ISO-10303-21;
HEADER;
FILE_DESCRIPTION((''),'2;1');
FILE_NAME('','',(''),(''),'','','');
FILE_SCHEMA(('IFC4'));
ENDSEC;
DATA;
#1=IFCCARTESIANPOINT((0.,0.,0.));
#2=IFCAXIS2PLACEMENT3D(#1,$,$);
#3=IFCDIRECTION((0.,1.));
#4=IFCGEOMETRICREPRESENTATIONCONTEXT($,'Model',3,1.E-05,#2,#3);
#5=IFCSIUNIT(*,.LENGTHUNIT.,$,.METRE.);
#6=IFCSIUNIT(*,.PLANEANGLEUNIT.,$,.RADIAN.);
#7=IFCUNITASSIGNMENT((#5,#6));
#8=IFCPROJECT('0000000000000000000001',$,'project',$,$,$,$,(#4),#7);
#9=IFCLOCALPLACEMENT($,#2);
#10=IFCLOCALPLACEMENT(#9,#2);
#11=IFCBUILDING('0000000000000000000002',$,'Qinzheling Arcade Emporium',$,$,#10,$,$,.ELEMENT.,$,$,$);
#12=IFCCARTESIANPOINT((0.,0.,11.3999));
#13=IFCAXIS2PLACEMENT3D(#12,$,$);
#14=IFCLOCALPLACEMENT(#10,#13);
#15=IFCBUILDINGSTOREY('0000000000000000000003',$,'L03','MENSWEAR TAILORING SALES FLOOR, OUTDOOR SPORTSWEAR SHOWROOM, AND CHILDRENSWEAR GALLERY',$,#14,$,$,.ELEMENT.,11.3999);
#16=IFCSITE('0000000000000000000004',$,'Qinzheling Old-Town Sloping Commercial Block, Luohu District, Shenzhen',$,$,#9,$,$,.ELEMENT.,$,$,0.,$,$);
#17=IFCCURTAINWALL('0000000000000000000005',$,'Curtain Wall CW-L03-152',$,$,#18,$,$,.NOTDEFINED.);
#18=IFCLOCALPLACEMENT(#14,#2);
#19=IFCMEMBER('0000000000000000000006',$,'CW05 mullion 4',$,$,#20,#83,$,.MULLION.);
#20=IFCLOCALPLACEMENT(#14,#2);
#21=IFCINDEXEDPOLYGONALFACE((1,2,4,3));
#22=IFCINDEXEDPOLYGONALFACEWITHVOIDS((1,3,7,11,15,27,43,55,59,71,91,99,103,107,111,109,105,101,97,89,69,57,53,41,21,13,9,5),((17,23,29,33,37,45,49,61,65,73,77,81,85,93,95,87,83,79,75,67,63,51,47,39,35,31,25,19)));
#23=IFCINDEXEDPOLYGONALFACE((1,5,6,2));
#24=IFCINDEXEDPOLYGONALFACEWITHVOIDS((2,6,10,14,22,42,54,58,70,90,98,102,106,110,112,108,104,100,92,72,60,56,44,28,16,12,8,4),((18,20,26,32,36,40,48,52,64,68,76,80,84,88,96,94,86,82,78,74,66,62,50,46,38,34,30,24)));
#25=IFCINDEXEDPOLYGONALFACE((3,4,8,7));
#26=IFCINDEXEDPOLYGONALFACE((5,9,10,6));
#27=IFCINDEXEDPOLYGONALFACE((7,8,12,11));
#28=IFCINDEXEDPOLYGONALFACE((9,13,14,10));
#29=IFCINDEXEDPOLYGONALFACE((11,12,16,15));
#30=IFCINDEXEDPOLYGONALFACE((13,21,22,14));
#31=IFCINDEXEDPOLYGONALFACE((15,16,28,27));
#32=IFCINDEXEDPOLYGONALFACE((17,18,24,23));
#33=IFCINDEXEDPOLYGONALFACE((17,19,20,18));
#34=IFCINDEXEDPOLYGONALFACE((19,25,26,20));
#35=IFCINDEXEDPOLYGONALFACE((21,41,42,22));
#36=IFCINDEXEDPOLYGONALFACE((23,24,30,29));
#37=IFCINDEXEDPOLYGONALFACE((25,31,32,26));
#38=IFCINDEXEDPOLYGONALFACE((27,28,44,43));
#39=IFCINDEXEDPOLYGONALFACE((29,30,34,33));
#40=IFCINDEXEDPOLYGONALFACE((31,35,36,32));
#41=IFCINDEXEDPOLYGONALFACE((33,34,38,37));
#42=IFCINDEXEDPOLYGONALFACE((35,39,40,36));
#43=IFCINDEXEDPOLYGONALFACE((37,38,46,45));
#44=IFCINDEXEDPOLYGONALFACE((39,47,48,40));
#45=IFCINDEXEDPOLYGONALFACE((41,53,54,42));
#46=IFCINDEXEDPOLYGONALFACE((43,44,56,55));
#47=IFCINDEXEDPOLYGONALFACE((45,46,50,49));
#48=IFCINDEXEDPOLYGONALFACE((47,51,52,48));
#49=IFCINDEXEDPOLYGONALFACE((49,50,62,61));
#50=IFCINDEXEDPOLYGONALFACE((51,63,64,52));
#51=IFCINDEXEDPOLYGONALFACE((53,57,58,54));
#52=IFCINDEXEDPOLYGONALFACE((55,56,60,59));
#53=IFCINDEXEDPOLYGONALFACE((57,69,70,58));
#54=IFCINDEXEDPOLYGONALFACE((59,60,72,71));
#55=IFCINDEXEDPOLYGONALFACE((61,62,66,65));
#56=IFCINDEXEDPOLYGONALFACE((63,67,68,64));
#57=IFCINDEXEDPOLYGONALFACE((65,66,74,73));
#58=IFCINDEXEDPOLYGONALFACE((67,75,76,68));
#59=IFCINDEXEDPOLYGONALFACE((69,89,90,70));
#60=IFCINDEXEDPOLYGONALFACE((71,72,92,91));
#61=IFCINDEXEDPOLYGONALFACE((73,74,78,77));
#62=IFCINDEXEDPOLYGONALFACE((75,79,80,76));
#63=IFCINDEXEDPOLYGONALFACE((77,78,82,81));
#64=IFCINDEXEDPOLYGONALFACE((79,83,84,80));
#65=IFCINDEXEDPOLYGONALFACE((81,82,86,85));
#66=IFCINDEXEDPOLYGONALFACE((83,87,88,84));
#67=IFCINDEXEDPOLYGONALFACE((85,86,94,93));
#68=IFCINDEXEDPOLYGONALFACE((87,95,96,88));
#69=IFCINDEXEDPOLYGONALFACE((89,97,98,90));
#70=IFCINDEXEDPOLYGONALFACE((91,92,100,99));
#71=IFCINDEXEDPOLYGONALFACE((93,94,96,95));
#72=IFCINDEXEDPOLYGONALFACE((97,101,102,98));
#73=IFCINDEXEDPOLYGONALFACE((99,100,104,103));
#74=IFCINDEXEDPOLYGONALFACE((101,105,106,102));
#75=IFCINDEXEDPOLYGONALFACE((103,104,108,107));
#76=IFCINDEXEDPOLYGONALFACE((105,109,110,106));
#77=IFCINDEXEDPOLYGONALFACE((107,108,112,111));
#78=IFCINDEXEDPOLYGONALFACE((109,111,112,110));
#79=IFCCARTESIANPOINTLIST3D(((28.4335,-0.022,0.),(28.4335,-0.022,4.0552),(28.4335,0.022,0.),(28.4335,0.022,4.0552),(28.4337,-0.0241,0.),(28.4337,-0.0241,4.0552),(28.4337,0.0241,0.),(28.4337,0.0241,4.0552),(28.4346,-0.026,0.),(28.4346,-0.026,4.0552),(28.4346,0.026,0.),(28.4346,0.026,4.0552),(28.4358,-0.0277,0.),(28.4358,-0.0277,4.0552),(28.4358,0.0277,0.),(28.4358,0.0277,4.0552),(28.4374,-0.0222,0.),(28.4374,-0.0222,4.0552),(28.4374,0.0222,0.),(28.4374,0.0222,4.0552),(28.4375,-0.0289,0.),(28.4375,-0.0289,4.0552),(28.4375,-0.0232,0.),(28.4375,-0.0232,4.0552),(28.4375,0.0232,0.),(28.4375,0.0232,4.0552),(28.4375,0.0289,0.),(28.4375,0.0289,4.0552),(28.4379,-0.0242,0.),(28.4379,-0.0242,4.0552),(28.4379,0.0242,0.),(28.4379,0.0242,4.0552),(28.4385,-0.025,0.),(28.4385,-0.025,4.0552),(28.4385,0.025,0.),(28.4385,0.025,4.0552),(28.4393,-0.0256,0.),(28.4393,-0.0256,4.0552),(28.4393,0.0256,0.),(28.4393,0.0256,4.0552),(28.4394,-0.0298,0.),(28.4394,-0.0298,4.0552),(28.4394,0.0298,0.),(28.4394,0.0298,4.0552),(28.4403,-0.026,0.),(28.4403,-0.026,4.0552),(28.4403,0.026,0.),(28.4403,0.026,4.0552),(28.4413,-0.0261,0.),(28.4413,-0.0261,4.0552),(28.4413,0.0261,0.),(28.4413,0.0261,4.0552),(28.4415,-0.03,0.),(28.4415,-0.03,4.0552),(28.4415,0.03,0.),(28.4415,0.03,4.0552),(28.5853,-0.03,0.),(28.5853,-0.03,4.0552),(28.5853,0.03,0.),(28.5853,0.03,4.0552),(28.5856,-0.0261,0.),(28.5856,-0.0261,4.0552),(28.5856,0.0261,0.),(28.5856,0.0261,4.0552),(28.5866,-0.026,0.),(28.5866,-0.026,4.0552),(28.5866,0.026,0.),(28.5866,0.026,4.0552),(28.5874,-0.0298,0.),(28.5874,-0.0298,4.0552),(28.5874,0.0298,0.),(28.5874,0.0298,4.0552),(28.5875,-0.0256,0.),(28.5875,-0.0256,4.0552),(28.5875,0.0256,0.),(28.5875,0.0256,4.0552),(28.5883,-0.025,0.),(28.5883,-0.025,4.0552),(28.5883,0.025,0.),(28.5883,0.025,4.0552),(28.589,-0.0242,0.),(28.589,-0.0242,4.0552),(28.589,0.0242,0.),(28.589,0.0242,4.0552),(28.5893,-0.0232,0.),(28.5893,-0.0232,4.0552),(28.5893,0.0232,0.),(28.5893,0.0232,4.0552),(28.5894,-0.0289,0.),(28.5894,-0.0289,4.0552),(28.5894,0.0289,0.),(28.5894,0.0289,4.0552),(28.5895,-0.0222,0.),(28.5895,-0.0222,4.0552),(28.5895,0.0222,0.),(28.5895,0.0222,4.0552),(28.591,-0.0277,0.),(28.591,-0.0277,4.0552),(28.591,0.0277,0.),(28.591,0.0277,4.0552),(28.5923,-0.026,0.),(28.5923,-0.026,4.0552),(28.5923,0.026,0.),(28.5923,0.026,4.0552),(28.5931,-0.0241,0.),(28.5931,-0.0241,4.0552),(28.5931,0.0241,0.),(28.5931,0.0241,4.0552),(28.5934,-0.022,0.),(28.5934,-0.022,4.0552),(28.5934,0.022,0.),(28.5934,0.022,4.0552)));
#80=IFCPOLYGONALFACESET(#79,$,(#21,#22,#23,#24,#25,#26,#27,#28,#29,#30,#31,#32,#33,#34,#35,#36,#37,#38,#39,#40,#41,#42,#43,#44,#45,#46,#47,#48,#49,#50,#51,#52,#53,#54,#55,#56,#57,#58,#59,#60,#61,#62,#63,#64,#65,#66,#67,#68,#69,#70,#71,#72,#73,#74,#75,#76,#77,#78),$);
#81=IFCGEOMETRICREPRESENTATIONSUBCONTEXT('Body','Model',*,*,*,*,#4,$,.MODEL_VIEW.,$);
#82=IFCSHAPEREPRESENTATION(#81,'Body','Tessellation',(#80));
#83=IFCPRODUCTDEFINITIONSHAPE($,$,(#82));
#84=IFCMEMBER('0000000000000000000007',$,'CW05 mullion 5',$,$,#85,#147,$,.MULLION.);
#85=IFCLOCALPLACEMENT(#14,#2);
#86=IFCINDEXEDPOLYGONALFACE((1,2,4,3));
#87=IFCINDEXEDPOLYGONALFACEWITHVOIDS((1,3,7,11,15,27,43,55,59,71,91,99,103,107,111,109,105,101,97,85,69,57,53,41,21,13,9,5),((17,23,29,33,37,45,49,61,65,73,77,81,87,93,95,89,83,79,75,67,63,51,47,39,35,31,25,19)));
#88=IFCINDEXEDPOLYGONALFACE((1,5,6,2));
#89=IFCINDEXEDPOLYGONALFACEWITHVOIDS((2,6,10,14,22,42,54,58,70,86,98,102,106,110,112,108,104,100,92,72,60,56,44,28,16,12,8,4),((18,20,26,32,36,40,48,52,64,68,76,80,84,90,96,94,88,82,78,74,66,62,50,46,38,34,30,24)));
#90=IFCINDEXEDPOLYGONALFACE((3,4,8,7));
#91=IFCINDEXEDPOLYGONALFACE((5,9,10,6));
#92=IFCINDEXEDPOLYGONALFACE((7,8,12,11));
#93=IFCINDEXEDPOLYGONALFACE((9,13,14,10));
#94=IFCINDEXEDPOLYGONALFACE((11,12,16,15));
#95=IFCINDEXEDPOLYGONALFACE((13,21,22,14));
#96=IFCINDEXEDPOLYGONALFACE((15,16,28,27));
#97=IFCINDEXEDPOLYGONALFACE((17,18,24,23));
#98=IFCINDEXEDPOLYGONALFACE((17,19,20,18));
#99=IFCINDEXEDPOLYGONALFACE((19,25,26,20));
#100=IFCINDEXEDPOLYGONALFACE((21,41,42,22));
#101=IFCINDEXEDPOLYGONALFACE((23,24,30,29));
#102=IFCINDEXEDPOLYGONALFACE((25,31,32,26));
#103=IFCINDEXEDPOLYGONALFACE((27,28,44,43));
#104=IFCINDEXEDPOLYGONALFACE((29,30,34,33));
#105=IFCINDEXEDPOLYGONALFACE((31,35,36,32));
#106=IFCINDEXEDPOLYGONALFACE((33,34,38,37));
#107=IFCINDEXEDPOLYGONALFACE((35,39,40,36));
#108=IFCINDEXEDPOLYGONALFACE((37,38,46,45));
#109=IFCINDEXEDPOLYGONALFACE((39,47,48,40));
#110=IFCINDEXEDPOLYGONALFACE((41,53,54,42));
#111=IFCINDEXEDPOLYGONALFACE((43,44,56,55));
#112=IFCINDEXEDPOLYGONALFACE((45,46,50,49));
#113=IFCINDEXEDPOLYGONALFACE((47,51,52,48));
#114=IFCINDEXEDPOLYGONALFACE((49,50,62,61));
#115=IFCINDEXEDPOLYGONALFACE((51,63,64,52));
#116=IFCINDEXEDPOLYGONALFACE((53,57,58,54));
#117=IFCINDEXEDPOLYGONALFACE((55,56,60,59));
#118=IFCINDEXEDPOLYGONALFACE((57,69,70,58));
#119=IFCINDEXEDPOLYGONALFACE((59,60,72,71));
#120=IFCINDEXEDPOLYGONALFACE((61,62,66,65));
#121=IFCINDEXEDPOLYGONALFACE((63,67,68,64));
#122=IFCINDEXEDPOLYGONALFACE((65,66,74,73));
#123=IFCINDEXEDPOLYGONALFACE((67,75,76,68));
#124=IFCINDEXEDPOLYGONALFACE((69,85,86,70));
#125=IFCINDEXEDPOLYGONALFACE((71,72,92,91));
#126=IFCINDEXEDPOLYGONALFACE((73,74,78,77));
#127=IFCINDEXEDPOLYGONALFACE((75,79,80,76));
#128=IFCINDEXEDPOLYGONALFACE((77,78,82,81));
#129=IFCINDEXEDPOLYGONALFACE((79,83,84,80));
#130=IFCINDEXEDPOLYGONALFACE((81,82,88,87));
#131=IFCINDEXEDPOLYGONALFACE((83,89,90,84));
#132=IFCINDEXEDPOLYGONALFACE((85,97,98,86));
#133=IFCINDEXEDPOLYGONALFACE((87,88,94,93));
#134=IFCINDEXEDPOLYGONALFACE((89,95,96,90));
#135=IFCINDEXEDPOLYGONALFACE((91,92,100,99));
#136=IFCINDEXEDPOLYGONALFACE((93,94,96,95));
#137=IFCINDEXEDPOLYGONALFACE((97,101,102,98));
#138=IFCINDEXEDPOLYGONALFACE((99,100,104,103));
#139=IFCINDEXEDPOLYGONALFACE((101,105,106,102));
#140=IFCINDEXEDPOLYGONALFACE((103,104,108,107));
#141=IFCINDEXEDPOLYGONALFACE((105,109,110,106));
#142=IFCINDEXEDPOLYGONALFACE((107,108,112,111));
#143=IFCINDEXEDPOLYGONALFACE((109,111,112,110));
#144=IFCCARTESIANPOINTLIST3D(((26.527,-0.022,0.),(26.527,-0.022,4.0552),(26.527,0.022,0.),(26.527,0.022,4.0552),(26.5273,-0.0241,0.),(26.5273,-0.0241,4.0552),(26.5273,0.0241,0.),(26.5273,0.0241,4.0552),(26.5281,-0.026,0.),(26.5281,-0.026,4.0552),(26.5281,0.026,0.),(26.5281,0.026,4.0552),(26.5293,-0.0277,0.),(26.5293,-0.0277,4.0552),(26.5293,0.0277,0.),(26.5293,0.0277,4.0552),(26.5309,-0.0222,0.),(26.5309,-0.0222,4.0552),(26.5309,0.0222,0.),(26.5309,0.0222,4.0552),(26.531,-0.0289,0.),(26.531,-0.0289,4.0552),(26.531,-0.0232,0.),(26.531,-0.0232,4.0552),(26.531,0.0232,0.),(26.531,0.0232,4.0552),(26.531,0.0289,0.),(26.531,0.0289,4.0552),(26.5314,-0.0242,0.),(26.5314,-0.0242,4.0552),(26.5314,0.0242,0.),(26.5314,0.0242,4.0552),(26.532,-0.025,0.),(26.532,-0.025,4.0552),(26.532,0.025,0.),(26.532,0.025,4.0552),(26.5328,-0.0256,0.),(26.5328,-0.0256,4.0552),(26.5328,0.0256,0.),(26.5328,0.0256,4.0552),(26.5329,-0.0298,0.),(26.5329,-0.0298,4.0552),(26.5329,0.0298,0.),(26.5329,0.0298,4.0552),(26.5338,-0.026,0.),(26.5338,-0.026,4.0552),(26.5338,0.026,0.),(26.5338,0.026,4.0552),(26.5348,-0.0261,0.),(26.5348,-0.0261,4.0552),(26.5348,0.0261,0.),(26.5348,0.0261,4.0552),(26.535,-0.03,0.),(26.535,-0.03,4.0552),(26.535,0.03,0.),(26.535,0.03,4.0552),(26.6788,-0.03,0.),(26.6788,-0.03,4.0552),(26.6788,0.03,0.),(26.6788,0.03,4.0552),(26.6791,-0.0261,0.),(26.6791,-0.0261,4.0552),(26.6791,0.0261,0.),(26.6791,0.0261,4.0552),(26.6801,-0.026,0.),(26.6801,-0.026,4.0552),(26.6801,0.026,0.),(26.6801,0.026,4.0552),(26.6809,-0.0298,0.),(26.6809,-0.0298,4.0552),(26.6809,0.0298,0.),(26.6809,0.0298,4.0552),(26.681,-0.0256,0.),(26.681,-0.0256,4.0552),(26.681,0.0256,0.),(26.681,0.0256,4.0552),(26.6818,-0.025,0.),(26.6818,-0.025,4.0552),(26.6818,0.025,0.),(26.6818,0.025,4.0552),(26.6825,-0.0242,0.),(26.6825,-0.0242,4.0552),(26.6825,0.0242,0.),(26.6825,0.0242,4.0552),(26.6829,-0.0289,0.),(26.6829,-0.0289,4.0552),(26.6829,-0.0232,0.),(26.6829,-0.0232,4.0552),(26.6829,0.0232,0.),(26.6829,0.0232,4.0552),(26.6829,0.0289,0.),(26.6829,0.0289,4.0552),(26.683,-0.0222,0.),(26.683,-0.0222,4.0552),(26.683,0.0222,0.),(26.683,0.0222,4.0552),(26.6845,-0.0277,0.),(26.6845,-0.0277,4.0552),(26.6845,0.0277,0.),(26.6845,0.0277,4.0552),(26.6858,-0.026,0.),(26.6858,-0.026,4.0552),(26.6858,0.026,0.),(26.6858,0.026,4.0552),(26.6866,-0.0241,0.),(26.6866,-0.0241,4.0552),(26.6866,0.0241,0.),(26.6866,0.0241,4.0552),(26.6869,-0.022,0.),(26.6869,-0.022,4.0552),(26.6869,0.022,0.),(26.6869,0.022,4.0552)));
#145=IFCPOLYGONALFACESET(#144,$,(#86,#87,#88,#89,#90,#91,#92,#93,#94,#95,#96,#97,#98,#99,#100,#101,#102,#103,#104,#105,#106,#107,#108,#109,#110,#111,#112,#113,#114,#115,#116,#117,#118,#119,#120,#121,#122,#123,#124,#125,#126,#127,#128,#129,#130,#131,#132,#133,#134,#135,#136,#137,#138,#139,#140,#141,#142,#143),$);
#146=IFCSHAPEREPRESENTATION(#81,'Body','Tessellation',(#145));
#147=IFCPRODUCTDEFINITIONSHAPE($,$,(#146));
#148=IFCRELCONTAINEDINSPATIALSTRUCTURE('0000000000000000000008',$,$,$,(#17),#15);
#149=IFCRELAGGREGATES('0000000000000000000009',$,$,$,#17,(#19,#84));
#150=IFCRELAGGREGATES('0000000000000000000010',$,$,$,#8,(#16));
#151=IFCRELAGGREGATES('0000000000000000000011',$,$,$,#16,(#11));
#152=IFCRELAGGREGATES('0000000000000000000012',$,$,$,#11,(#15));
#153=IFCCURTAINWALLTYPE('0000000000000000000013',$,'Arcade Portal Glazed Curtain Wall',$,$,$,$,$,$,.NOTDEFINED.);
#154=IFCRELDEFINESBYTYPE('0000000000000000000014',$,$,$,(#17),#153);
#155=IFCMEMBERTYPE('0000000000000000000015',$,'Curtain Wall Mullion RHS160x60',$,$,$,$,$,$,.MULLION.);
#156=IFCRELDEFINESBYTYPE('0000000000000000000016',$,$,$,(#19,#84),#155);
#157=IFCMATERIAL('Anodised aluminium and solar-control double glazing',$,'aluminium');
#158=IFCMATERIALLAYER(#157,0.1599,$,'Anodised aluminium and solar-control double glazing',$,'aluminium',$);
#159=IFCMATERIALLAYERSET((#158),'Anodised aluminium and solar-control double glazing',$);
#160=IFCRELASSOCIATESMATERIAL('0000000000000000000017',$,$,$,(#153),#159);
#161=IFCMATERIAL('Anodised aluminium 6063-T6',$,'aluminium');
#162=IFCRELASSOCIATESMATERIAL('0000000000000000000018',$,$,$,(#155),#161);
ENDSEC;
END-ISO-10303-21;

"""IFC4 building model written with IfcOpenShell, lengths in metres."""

from ifc_helpers import new_model, si_unit, direction, frame, origin, origin_2d, place, context, subcontext, project, spatial, hollow_rectangle, extrude, material, layer, layer_set, material_profile, profile_set, type_object, element, aggregate, save


model = new_model("IFC4")

# Units and contexts
model_context = context("Model", 3, precision=1e-05, world=origin(), true_north=direction((0.0, 1.0)))
body_context = subcontext(model_context, "Body", "Model", "MODEL_VIEW")
ifc_project = project(units=[si_unit("LENGTHUNIT", "METRE"), si_unit("PLANEANGLEUNIT", "RADIAN")], contexts=[model_context])

# Site, building, storey
site_placement = place(None, origin())
site = spatial("IfcSite", under=ifc_project, at=site_placement, Name="Qinzheling Old-Town Sloping Commercial Block, Luohu District, Shenzhen", CompositionType="ELEMENT", RefElevation=0.0)
building_placement = place(site_placement, origin())
building = spatial("IfcBuilding", under=site, at=building_placement, Name="Qinzheling Arcade Emporium", CompositionType="ELEMENT")
storey_placement = place(building_placement, frame((0.0, 0.0, 11.3999)))
storey = spatial("IfcBuildingStorey", under=building, at=storey_placement, Name="L03", Description="MENSWEAR TAILORING SALES FLOOR, OUTDOOR SPORTSWEAR SHOWROOM, AND CHILDRENSWEAR GALLERY", CompositionType="ELEMENT", Elevation=11.3999)

# Curtain wall, members
ifc_material_1 = material(Name="Anodised aluminium and solar-control double glazing", Category="aluminium")
ifc_layer_1 = layer(ifc_material_1, 0.1599, Name="Anodised aluminium and solar-control double glazing", Category="aluminium")
ifc_layer_set_1 = layer_set([ifc_layer_1], Name="Anodised aluminium and solar-control double glazing")
curtain_wall_type = type_object("IfcCurtainWallType", Name="Arcade Portal Glazed Curtain Wall", PredefinedType="NOTDEFINED", material=ifc_layer_set_1)
curtain_wall_placement = place(storey_placement, origin())
curtain_wall = element("IfcCurtainWall", 1, at=curtain_wall_placement, inside=storey, type_object=curtain_wall_type, Name="Curtain Wall CW-L03-152", PredefinedType="NOTDEFINED")
ifc_material_2 = material(Name="Anodised aluminium 6063-T6", Category="aluminium")
ifc_material_profile_1 = material_profile(ifc_material_2, hollow_rectangle(XDim=0.0601, YDim=0.1599, WallThickness=0.0039, InnerFilletRadius=0.0039, OuterFilletRadius=0.0081, at=origin_2d()), Name="RHS 160x60x4", Category="aluminium")
ifc_profile_set_1 = profile_set([ifc_material_profile_1], Name="Anodised aluminium 6063-T6")
member_type_1 = type_object("IfcMemberType", Name="Curtain Wall Mullion RHS160x60", PredefinedType="MULLION", material=ifc_profile_set_1)
member_1_placement = place(storey_placement, frame((28.5134, 0.0, 0.0), z_axis=(0.0, 0.0, 1.0), x_axis=(0.0, -1.0, 0.0)))
member_1 = element("IfcMember", 2, at=member_1_placement, type_object=member_type_1, Name="CW05 mullion 4", PredefinedType="MULLION", context=body_context, shape_type="SweptSolid", body=[
    extrude(hollow_rectangle(XDim=0.0601, YDim=0.1599, WallThickness=0.0039, InnerFilletRadius=0.0039, OuterFilletRadius=0.0081, at=origin_2d()), origin(), (0.0, 0.0, 1.0), 4.0552),
])
member_2_placement = place(storey_placement, frame((26.6069, 0.0, 0.0), z_axis=(0.0, 0.0, 1.0), x_axis=(0.0, -1.0, 0.0)))
member_2 = element("IfcMember", 3, at=member_2_placement, type_object=member_type_1, Name="CW05 mullion 5", PredefinedType="MULLION", context=body_context, shape_type="SweptSolid", body=[
    extrude(hollow_rectangle(XDim=0.0601, YDim=0.1599, WallThickness=0.0039, InnerFilletRadius=0.0039, OuterFilletRadius=0.0081, at=origin_2d()), origin(), (0.0, 0.0, 1.0), 4.0552),
])

aggregate(curtain_wall, [member_1, member_2])

save(model, "model.ifc")
